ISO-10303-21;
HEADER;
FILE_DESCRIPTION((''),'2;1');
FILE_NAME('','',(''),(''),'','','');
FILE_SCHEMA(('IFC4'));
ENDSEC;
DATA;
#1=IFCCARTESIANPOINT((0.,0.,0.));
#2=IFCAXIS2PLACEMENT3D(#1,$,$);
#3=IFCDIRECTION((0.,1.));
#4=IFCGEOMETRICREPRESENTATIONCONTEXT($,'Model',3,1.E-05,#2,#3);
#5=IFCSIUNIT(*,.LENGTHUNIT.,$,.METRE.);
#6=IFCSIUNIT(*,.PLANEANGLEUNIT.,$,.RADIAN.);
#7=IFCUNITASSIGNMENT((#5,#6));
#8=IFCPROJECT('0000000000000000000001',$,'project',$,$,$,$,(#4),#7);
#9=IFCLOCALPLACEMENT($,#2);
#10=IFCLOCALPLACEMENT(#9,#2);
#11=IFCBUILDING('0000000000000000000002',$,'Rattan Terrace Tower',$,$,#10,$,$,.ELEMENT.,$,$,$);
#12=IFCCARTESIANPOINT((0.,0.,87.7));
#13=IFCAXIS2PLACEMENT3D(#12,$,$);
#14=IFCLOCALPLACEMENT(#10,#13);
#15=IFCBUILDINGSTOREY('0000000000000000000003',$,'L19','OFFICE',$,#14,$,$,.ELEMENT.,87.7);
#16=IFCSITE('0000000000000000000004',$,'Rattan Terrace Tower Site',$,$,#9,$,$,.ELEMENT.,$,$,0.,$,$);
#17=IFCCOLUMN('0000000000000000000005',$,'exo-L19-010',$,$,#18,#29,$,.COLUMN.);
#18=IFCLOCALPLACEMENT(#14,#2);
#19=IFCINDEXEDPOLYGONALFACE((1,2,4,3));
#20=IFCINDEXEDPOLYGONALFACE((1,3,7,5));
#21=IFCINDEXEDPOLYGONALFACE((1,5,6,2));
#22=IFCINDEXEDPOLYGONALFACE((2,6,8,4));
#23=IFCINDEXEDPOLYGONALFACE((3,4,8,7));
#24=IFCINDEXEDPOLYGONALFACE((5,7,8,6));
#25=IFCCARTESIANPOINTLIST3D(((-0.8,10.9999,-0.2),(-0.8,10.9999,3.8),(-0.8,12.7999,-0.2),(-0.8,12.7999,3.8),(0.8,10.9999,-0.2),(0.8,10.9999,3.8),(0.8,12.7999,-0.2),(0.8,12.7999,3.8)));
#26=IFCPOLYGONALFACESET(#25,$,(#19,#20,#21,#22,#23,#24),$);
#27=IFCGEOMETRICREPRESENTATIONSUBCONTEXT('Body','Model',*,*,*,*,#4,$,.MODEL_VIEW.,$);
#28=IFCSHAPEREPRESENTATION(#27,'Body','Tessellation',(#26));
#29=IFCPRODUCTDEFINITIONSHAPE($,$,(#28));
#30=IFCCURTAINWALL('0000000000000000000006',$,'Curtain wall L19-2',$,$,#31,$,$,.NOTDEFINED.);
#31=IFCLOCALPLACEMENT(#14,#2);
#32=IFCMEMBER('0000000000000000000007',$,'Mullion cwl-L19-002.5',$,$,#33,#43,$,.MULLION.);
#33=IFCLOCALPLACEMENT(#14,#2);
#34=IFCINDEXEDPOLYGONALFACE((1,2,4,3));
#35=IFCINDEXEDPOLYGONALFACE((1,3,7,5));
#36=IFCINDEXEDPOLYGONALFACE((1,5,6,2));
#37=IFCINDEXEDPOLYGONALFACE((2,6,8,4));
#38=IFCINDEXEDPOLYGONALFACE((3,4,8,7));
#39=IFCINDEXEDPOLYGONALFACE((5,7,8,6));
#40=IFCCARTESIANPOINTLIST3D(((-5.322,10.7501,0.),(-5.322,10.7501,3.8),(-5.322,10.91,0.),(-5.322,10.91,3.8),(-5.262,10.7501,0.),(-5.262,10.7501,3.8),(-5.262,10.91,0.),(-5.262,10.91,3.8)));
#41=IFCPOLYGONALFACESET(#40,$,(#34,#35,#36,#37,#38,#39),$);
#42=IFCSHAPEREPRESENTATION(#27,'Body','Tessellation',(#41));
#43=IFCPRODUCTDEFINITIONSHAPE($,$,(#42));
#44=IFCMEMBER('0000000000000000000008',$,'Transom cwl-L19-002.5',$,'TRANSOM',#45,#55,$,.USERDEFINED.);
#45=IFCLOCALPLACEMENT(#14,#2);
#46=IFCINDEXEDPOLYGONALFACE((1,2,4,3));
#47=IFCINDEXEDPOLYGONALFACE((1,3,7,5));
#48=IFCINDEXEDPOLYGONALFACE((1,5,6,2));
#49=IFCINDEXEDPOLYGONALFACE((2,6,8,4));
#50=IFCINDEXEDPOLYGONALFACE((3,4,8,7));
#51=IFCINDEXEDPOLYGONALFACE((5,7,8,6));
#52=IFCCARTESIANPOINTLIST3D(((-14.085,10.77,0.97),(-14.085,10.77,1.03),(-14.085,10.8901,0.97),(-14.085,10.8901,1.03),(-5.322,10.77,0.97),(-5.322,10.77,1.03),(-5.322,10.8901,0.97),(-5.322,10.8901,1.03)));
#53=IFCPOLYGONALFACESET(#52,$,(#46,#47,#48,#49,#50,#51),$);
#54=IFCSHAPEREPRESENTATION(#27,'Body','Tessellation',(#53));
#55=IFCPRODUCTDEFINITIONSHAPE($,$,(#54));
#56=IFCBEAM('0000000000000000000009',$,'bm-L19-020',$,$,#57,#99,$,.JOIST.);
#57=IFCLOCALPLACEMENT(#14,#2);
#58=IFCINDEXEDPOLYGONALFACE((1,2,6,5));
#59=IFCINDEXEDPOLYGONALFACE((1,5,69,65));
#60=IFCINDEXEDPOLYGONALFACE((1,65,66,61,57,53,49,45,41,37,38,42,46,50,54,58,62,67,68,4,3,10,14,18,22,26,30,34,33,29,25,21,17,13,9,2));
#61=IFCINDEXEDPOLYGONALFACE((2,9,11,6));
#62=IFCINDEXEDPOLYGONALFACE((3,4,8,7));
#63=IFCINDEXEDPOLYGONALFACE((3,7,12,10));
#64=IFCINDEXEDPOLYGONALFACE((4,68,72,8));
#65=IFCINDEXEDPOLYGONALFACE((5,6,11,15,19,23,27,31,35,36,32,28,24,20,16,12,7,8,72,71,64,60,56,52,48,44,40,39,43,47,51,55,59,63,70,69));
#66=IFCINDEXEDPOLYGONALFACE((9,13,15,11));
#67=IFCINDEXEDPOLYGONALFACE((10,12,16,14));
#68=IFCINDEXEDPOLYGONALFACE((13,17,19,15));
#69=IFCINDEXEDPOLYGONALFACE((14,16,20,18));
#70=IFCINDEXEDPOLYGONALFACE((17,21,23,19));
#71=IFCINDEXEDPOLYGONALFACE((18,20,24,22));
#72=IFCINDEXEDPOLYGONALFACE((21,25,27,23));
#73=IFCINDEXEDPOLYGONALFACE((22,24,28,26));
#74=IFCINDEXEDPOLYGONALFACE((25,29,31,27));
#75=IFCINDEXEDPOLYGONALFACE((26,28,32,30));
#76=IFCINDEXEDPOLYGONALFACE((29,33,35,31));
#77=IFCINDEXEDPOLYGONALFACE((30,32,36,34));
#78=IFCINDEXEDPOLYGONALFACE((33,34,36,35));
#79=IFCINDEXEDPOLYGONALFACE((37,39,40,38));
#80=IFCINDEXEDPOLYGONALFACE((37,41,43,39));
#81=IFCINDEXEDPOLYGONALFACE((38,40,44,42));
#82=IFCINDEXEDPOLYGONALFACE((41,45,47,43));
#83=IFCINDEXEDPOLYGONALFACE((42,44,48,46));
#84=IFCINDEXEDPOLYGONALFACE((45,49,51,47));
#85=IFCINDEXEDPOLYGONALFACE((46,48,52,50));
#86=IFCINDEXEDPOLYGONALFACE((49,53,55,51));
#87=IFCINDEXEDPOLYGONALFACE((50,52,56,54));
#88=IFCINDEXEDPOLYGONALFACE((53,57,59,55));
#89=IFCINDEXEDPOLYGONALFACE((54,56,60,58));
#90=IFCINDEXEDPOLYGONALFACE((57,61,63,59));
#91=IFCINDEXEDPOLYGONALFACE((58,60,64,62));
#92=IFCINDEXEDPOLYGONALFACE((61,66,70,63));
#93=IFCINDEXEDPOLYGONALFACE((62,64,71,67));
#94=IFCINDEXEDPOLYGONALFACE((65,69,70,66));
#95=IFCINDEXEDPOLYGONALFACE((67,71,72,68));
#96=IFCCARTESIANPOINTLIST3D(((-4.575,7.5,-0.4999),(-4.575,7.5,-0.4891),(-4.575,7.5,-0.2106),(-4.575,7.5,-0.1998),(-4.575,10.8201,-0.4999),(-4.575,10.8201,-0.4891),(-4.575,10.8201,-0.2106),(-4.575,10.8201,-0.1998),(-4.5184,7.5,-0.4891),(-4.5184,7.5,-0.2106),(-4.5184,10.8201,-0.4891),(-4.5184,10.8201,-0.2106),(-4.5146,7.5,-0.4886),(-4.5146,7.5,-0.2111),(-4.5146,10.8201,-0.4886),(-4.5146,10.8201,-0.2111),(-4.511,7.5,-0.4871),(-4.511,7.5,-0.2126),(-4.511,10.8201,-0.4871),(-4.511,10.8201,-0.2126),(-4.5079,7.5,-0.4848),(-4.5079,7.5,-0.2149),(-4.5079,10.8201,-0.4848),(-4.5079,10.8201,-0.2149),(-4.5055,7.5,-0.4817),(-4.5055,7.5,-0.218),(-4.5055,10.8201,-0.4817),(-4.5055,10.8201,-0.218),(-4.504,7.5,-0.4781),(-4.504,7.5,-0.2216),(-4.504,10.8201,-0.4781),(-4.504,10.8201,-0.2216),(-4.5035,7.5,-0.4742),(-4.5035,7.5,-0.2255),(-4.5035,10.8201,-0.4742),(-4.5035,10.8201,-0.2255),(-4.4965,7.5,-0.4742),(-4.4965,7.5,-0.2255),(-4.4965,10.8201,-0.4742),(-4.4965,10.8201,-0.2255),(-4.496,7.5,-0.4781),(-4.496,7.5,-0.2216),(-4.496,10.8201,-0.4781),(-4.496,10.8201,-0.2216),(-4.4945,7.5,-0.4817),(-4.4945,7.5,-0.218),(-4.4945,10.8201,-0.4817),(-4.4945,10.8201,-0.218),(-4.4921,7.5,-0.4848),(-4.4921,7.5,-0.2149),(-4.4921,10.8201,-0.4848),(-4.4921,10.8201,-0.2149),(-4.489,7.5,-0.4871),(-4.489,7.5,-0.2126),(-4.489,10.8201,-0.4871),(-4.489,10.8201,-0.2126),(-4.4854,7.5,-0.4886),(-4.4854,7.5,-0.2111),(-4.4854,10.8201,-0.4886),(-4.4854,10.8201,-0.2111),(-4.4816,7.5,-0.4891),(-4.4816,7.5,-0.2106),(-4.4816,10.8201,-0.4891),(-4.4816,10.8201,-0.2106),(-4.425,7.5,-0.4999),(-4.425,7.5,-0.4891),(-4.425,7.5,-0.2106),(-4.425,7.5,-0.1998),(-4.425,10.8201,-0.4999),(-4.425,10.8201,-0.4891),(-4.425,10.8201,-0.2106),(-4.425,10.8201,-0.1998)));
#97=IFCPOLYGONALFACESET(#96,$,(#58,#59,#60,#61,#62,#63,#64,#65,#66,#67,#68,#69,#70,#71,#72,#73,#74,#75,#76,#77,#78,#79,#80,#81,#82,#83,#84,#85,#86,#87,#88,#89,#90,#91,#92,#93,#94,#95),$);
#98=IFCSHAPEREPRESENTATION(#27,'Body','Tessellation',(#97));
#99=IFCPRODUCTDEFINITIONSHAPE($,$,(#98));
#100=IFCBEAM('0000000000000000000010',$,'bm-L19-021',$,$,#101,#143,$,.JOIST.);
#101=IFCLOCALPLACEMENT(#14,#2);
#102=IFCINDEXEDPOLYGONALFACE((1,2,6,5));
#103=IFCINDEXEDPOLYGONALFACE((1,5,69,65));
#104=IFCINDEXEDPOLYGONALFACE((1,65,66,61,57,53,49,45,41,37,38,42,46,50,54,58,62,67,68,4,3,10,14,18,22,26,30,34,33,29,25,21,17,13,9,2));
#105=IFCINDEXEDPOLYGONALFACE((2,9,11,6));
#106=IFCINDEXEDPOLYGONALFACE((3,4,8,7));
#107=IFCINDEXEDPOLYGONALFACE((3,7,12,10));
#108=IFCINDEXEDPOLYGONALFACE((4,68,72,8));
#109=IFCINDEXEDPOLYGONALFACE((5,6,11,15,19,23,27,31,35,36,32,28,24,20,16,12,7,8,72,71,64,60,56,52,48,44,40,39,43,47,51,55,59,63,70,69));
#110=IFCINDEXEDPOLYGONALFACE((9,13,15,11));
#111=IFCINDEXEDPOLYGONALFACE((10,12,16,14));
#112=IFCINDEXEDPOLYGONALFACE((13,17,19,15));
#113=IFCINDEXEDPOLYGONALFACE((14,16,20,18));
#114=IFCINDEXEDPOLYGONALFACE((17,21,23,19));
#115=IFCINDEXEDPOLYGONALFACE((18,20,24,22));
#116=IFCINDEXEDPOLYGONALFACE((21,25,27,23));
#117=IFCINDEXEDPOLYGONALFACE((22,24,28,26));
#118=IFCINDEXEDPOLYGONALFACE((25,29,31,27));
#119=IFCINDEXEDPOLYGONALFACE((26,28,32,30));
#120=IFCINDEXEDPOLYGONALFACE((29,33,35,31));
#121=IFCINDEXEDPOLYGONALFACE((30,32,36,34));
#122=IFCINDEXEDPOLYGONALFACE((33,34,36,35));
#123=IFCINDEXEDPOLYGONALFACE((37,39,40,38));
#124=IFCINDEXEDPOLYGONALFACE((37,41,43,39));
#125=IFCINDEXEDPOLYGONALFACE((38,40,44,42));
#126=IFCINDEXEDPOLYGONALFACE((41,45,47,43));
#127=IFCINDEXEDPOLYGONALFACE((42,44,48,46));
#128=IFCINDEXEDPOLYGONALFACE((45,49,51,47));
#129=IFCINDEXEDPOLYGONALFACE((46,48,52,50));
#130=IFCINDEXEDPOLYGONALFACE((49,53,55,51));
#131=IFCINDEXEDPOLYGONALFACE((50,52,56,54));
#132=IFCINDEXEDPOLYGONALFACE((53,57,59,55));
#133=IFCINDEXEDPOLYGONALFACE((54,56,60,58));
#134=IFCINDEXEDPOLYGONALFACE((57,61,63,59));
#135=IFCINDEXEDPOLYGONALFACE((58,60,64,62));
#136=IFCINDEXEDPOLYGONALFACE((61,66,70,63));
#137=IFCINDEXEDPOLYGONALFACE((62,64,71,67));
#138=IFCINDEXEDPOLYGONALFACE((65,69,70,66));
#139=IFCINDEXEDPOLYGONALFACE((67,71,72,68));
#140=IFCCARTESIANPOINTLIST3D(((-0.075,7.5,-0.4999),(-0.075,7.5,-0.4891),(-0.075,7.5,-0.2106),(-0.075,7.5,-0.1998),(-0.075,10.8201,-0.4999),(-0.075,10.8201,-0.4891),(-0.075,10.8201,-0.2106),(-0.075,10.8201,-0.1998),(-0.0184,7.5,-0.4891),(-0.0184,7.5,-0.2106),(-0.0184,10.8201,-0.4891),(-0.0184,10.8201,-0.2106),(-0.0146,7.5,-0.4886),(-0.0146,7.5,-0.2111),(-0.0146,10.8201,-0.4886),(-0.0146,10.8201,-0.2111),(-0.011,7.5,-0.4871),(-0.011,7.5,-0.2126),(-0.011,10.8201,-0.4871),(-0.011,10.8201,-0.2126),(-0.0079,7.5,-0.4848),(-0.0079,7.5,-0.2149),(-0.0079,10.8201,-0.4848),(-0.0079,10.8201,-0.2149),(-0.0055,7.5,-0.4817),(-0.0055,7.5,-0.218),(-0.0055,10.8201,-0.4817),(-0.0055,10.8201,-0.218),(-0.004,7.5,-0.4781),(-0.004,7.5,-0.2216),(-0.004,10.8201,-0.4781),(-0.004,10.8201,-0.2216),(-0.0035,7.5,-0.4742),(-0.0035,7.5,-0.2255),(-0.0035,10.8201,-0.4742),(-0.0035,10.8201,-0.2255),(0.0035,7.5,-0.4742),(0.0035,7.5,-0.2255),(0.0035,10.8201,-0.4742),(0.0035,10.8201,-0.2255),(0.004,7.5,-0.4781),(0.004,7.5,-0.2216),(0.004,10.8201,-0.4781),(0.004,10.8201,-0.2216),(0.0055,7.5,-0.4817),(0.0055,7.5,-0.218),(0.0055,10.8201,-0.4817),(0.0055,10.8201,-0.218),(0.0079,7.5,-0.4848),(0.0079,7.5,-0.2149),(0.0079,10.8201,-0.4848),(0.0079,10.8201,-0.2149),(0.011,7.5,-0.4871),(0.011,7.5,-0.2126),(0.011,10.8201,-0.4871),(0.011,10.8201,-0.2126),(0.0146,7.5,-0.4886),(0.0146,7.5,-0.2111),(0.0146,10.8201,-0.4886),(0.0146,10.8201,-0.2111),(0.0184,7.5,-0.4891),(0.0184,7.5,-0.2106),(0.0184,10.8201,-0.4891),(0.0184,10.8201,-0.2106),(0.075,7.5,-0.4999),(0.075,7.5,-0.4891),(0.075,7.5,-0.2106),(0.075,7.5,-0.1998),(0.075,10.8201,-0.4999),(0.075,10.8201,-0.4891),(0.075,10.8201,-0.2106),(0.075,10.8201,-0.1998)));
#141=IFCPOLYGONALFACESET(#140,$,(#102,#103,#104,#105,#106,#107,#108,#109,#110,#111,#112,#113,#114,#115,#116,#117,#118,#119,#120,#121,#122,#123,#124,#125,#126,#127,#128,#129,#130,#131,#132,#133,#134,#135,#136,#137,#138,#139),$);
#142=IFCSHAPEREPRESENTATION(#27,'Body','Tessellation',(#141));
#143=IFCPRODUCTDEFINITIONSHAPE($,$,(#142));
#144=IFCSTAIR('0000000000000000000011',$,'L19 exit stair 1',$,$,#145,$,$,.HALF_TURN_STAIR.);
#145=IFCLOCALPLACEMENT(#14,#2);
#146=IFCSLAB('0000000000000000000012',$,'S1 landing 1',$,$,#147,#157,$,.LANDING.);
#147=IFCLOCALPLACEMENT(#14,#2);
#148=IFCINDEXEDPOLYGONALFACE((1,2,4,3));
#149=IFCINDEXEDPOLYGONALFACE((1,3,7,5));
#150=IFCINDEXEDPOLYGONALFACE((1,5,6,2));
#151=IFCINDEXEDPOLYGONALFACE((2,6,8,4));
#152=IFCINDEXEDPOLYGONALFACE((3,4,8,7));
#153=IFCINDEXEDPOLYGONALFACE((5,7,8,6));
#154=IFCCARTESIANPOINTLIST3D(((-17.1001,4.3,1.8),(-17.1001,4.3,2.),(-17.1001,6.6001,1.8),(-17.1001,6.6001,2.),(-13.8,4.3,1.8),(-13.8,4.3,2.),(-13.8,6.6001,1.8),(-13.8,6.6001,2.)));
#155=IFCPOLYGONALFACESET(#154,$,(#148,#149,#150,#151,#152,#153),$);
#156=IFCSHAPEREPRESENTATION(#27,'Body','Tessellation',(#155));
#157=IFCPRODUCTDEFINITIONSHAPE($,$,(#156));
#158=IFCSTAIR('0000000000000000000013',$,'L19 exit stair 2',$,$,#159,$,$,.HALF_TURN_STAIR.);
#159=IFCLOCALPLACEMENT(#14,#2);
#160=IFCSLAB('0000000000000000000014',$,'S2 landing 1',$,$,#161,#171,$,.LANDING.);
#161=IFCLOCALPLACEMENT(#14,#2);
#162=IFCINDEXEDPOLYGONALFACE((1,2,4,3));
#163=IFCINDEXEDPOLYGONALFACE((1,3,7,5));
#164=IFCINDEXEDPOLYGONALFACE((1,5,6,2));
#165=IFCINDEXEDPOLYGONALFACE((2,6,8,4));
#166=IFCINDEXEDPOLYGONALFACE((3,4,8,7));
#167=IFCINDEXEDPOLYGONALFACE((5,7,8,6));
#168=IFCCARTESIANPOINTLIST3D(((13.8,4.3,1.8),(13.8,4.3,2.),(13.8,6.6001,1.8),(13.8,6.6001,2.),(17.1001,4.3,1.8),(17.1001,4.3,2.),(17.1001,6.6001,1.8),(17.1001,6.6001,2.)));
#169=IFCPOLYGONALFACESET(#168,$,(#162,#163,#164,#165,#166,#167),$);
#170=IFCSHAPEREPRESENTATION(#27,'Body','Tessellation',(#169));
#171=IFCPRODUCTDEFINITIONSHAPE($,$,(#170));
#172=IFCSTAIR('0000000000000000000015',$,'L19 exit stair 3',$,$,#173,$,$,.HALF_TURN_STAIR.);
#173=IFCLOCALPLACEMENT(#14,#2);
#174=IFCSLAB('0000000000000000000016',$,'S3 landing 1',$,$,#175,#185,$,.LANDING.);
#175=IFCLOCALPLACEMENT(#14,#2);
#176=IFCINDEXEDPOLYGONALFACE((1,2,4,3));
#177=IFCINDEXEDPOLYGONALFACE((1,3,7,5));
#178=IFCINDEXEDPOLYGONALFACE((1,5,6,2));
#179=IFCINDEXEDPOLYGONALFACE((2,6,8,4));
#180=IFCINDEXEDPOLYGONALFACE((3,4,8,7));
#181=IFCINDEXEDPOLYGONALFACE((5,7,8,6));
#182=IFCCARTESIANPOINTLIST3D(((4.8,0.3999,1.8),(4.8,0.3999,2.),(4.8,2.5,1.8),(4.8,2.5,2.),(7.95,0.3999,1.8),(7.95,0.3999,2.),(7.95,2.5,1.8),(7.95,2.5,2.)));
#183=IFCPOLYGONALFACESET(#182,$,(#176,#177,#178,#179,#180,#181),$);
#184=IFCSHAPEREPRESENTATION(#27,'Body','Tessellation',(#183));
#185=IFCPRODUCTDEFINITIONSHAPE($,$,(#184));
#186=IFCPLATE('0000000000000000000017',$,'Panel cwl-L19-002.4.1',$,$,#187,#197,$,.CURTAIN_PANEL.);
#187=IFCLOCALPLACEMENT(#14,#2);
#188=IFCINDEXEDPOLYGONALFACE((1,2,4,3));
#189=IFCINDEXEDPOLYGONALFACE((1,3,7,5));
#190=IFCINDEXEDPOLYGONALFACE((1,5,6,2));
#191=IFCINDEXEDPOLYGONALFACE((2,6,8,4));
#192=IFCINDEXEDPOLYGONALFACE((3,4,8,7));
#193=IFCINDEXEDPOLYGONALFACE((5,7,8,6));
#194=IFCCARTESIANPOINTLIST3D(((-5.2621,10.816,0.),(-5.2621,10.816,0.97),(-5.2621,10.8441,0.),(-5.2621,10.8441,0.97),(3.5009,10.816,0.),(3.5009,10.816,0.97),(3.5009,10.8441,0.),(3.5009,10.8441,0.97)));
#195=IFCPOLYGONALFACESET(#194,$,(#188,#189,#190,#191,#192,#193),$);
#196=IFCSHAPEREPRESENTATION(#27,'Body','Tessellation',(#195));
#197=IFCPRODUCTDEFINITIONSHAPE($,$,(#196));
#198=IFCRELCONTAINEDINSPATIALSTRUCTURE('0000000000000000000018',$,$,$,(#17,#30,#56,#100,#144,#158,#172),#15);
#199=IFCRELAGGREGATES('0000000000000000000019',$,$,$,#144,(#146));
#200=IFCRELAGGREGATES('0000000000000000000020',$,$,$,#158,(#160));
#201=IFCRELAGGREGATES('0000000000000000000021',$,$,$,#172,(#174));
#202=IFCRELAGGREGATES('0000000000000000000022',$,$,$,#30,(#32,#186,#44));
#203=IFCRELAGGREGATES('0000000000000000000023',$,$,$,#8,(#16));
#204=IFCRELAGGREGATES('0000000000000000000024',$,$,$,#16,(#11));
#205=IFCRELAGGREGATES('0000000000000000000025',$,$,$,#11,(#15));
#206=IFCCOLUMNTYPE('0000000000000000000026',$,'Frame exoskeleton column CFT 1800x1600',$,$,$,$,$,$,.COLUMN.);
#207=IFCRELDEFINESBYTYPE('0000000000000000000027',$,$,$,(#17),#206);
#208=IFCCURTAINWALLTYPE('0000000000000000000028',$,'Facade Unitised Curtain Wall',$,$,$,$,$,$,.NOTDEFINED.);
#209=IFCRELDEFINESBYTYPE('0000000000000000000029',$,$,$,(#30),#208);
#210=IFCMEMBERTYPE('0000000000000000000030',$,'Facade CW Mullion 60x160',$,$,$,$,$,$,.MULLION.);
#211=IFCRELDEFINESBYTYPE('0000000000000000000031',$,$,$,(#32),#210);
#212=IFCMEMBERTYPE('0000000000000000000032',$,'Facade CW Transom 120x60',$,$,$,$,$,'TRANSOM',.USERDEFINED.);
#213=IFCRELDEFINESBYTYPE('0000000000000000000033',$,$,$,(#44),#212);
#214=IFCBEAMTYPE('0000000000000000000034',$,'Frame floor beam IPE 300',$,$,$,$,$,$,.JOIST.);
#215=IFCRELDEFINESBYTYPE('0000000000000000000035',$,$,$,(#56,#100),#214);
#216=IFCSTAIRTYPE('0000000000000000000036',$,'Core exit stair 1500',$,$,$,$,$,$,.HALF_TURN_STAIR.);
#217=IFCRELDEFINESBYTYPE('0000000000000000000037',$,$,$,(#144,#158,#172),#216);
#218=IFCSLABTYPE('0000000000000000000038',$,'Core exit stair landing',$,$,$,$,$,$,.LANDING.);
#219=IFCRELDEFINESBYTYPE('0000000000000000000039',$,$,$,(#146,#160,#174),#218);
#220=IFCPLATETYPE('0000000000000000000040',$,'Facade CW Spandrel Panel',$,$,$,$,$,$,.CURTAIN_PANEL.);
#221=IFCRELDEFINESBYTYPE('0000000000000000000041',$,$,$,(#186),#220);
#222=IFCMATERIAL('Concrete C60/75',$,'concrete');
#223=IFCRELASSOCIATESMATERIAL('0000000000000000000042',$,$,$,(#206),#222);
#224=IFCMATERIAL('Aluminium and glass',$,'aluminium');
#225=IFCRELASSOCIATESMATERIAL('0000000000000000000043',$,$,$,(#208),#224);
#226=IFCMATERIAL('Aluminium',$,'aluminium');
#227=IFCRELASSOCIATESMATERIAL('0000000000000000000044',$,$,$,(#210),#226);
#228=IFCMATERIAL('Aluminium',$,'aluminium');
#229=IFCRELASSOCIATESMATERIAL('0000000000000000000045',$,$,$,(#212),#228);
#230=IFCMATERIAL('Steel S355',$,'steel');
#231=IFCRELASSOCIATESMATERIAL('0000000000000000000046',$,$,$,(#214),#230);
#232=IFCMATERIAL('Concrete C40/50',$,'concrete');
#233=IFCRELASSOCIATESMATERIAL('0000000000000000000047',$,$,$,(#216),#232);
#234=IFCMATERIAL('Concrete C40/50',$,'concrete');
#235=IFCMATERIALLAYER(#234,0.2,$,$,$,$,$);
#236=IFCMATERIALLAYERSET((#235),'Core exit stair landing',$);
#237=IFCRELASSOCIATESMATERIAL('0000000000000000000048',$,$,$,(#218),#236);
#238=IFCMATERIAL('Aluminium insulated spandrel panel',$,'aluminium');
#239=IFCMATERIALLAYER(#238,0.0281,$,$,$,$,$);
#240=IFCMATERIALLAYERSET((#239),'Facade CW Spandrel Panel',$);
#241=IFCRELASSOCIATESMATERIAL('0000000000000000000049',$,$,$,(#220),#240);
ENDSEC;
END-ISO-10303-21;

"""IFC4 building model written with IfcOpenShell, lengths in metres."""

from ifc_helpers import new_model, si_unit, direction, frame, origin, origin_2d, place, context, subcontext, project, spatial, polyline, rectangle, i_section, outline, extrude, material, layer, layer_set, material_profile, profile_set, type_object, element, aggregate, save


model = new_model("IFC4")

# Units and contexts
model_context = context("Model", 3, precision=1e-05, world=origin(), true_north=direction((0.0, 1.0)))
body_context = subcontext(model_context, "Body", "Model", "MODEL_VIEW")
ifc_project = project(units=[si_unit("LENGTHUNIT", "METRE"), si_unit("PLANEANGLEUNIT", "RADIAN")], contexts=[model_context])

# Site, building, storey
site_placement = place(None, origin())
site = spatial("IfcSite", under=ifc_project, at=site_placement, Name="Rattan Terrace Tower Site", CompositionType="ELEMENT", RefElevation=0.0)
building_placement = place(site_placement, origin())
building = spatial("IfcBuilding", under=site, at=building_placement, Name="Rattan Terrace Tower", CompositionType="ELEMENT")
storey_placement = place(building_placement, frame((0.0, 0.0, 87.7)))
storey = spatial("IfcBuildingStorey", under=building, at=storey_placement, Name="L19", Description="OFFICE", CompositionType="ELEMENT", Elevation=87.7)

# Column
ifc_material_1 = material(Name="Concrete C60/75", Category="concrete")
ifc_material_profile_1 = material_profile(ifc_material_1, rectangle(XDim=1.6001, YDim=1.8, at=origin_2d()), Name="CFT 1800x1600")
ifc_profile_set_1 = profile_set([ifc_material_profile_1], Name="Concrete C60/75")
column_type = type_object("IfcColumnType", Name="Frame exoskeleton column CFT 1800x1600", PredefinedType="COLUMN", material=ifc_profile_set_1)
column_placement = place(storey_placement, frame((0.0, 11.8999, -0.2), z_axis=(0.0, 0.0, 1.0), x_axis=(1.0, 0.0, 0.0)))
element("IfcColumn", 1, at=column_placement, inside=storey, type_object=column_type, Name="exo-L19-010", PredefinedType="COLUMN", context=body_context, shape_type="SweptSolid", body=[
    extrude(rectangle(XDim=1.6001, YDim=1.8, at=origin_2d()), origin(), (0.0, 0.0, 1.0), 4.0),
])

# Curtain wall, members
ifc_material_2 = material(Name="Aluminium and glass", Category="aluminium")
curtain_wall_type = type_object("IfcCurtainWallType", Name="Facade Unitised Curtain Wall", PredefinedType="NOTDEFINED", material=ifc_material_2)
curtain_wall_placement = place(storey_placement, origin())
curtain_wall = element("IfcCurtainWall", 2, at=curtain_wall_placement, inside=storey, type_object=curtain_wall_type, Name="Curtain wall L19-2", PredefinedType="NOTDEFINED")
ifc_material_3 = material(Name="Aluminium", Category="aluminium")
ifc_material_profile_2 = material_profile(ifc_material_3, rectangle(XDim=0.0601, YDim=0.1599, at=origin_2d()), Name="Aluminium 60x160")
ifc_profile_set_2 = profile_set([ifc_material_profile_2], Name="Aluminium")
member_type_1 = type_object("IfcMemberType", Name="Facade CW Mullion 60x160", PredefinedType="MULLION", material=ifc_profile_set_2)
member_1_placement = place(storey_placement, frame((-5.292, 10.8301, 0.0), z_axis=(0.0, 0.0, 1.0), x_axis=(-1.0, 0.0, 0.0)))
member_1 = element("IfcMember", 3, at=member_1_placement, type_object=member_type_1, Name="Mullion cwl-L19-002.5", PredefinedType="MULLION", context=body_context, shape_type="SweptSolid", body=[
    extrude(rectangle(XDim=0.0601, YDim=0.1599, at=origin_2d()), origin(), (0.0, 0.0, 1.0), 3.8),
])
ifc_material_4 = material(Name="Aluminium", Category="aluminium")
ifc_material_profile_3 = material_profile(ifc_material_4, rectangle(XDim=0.1201, YDim=0.0601, at=origin_2d()), Name="Aluminium 120x60")
ifc_profile_set_3 = profile_set([ifc_material_profile_3], Name="Aluminium")
member_type_2 = type_object("IfcMemberType", Name="Facade CW Transom 120x60", ElementType="TRANSOM", PredefinedType="USERDEFINED", material=ifc_profile_set_3)
member_2_placement = place(storey_placement, frame((-5.322, 10.8301, 1.0), z_axis=(-1.0, 0.0, 0.0), x_axis=(0.0, -1.0, 0.0)))
member_2 = element("IfcMember", 4, at=member_2_placement, type_object=member_type_2, Name="Transom cwl-L19-002.5", ObjectType="TRANSOM", PredefinedType="USERDEFINED", context=body_context, shape_type="SweptSolid", body=[
    extrude(rectangle(XDim=0.1201, YDim=0.0601, at=origin_2d()), origin(), (0.0, 0.0, 1.0), 8.7629),
])

# Beams
ifc_material_5 = material(Name="Steel S355", Category="steel")
ifc_material_profile_4 = material_profile(ifc_material_5, i_section(OverallWidth=0.1499, OverallDepth=0.3, WebThickness=0.0071, FlangeThickness=0.0107, FilletRadius=0.0149, at=origin_2d()), Name="IPE 300")
ifc_profile_set_4 = profile_set([ifc_material_profile_4], Name="Steel S355")
beam_type = type_object("IfcBeamType", Name="Frame floor beam IPE 300", PredefinedType="JOIST", material=ifc_profile_set_4)
for number, where, z_axis, x_axis, name in (
    (5, (-4.5, 7.5, -0.3499), (0.0, 1.0, 0.0), (-1.0, 0.0, 0.0), "bm-L19-020"),
    (6, (0.0, 7.5, -0.3499), (0.0, 1.0, 0.0), (-1.0, 0.0, 0.0), "bm-L19-021"),
):
    element("IfcBeam", number, at=place(storey_placement, frame(where, z_axis=z_axis, x_axis=x_axis)), inside=storey, type_object=beam_type, Name=name, PredefinedType="JOIST", context=body_context, shape_type="SweptSolid", body=[
        extrude(i_section(OverallWidth=0.1499, OverallDepth=0.3, WebThickness=0.0071, FlangeThickness=0.0107, FilletRadius=0.0149, at=origin_2d()), origin(), (0.0, 0.0, 1.0), 3.3201),
    ])

# Stairs, slabs
ifc_material_6 = material(Name="Concrete C40/50", Category="concrete")
stair_type = type_object("IfcStairType", Name="Core exit stair 1500", PredefinedType="HALF_TURN_STAIR", material=ifc_material_6)
stair_1_placement = place(storey_placement, origin())
stair_1 = element("IfcStair", 7, at=stair_1_placement, inside=storey, type_object=stair_type, Name="L19 exit stair 1", PredefinedType="HALF_TURN_STAIR")
ifc_material_7 = material(Name="Concrete C40/50", Category="concrete")
ifc_layer_1 = layer(ifc_material_7, 0.2)
ifc_layer_set_1 = layer_set([ifc_layer_1], Name="Core exit stair landing")
slab_type_1 = type_object("IfcSlabType", Name="Core exit stair landing", PredefinedType="LANDING", material=ifc_layer_set_1)
slab_1_placement = place(storey_placement, frame((0.0, 0.0, 1.8)))
slab_1 = element("IfcSlab", 8, at=slab_1_placement, type_object=slab_type_1, Name="S1 landing 1", PredefinedType="LANDING", context=body_context, shape_type="SweptSolid", body=[
    extrude(outline(polyline([(-13.8, 4.3), (-13.8, 6.6001), (-17.1001, 6.6001), (-17.1001, 4.3), (-13.8, 4.3)])), origin(), (0.0, 0.0, 1.0), 0.2),
])
aggregate(stair_1, [slab_1])
stair_2_placement = place(storey_placement, origin())
stair_2 = element("IfcStair", 9, at=stair_2_placement, inside=storey, type_object=stair_type, Name="L19 exit stair 2", PredefinedType="HALF_TURN_STAIR")
slab_2_placement = place(storey_placement, frame((0.0, 0.0, 1.8)))
slab_2 = element("IfcSlab", 10, at=slab_2_placement, type_object=slab_type_1, Name="S2 landing 1", PredefinedType="LANDING", context=body_context, shape_type="SweptSolid", body=[
    extrude(outline(polyline([(17.1001, 4.3), (17.1001, 6.6001), (13.8, 6.6001), (13.8, 4.3), (17.1001, 4.3)])), origin(), (0.0, 0.0, 1.0), 0.2),
])
aggregate(stair_2, [slab_2])
stair_3_placement = place(storey_placement, origin())
stair_3 = element("IfcStair", 11, at=stair_3_placement, inside=storey, type_object=stair_type, Name="L19 exit stair 3", PredefinedType="HALF_TURN_STAIR")
slab_3_placement = place(storey_placement, frame((0.0, 0.0, 1.8)))
slab_3 = element("IfcSlab", 12, at=slab_3_placement, type_object=slab_type_1, Name="S3 landing 1", PredefinedType="LANDING", context=body_context, shape_type="SweptSolid", body=[
    extrude(outline(polyline([(4.8, 2.5), (4.8, 0.3999), (7.95, 0.3999), (7.95, 2.5), (4.8, 2.5)])), origin(), (0.0, 0.0, 1.0), 0.2),
])
aggregate(stair_3, [slab_3])

# Plate
ifc_material_8 = material(Name="Aluminium insulated spandrel panel", Category="aluminium")
ifc_layer_2 = layer(ifc_material_8, 0.0281)
ifc_layer_set_2 = layer_set([ifc_layer_2], Name="Facade CW Spandrel Panel")
plate_type_1 = type_object("IfcPlateType", Name="Facade CW Spandrel Panel", PredefinedType="CURTAIN_PANEL", material=ifc_layer_set_2)
plate_1_placement = place(storey_placement, frame((-0.8806, 10.8301, 0.0), z_axis=(0.0, 0.0, 1.0), x_axis=(-1.0, 0.0, 0.0)))
plate_1 = element("IfcPlate", 13, at=plate_1_placement, type_object=plate_type_1, Name="Panel cwl-L19-002.4.1", PredefinedType="CURTAIN_PANEL", context=body_context, shape_type="SweptSolid", body=[
    extrude(rectangle(XDim=8.7629, YDim=0.0281, at=origin_2d()), origin(), (0.0, 0.0, 1.0), 0.97),
])
aggregate(curtain_wall, [member_1, plate_1, member_2])

save(model, "model.ifc")
